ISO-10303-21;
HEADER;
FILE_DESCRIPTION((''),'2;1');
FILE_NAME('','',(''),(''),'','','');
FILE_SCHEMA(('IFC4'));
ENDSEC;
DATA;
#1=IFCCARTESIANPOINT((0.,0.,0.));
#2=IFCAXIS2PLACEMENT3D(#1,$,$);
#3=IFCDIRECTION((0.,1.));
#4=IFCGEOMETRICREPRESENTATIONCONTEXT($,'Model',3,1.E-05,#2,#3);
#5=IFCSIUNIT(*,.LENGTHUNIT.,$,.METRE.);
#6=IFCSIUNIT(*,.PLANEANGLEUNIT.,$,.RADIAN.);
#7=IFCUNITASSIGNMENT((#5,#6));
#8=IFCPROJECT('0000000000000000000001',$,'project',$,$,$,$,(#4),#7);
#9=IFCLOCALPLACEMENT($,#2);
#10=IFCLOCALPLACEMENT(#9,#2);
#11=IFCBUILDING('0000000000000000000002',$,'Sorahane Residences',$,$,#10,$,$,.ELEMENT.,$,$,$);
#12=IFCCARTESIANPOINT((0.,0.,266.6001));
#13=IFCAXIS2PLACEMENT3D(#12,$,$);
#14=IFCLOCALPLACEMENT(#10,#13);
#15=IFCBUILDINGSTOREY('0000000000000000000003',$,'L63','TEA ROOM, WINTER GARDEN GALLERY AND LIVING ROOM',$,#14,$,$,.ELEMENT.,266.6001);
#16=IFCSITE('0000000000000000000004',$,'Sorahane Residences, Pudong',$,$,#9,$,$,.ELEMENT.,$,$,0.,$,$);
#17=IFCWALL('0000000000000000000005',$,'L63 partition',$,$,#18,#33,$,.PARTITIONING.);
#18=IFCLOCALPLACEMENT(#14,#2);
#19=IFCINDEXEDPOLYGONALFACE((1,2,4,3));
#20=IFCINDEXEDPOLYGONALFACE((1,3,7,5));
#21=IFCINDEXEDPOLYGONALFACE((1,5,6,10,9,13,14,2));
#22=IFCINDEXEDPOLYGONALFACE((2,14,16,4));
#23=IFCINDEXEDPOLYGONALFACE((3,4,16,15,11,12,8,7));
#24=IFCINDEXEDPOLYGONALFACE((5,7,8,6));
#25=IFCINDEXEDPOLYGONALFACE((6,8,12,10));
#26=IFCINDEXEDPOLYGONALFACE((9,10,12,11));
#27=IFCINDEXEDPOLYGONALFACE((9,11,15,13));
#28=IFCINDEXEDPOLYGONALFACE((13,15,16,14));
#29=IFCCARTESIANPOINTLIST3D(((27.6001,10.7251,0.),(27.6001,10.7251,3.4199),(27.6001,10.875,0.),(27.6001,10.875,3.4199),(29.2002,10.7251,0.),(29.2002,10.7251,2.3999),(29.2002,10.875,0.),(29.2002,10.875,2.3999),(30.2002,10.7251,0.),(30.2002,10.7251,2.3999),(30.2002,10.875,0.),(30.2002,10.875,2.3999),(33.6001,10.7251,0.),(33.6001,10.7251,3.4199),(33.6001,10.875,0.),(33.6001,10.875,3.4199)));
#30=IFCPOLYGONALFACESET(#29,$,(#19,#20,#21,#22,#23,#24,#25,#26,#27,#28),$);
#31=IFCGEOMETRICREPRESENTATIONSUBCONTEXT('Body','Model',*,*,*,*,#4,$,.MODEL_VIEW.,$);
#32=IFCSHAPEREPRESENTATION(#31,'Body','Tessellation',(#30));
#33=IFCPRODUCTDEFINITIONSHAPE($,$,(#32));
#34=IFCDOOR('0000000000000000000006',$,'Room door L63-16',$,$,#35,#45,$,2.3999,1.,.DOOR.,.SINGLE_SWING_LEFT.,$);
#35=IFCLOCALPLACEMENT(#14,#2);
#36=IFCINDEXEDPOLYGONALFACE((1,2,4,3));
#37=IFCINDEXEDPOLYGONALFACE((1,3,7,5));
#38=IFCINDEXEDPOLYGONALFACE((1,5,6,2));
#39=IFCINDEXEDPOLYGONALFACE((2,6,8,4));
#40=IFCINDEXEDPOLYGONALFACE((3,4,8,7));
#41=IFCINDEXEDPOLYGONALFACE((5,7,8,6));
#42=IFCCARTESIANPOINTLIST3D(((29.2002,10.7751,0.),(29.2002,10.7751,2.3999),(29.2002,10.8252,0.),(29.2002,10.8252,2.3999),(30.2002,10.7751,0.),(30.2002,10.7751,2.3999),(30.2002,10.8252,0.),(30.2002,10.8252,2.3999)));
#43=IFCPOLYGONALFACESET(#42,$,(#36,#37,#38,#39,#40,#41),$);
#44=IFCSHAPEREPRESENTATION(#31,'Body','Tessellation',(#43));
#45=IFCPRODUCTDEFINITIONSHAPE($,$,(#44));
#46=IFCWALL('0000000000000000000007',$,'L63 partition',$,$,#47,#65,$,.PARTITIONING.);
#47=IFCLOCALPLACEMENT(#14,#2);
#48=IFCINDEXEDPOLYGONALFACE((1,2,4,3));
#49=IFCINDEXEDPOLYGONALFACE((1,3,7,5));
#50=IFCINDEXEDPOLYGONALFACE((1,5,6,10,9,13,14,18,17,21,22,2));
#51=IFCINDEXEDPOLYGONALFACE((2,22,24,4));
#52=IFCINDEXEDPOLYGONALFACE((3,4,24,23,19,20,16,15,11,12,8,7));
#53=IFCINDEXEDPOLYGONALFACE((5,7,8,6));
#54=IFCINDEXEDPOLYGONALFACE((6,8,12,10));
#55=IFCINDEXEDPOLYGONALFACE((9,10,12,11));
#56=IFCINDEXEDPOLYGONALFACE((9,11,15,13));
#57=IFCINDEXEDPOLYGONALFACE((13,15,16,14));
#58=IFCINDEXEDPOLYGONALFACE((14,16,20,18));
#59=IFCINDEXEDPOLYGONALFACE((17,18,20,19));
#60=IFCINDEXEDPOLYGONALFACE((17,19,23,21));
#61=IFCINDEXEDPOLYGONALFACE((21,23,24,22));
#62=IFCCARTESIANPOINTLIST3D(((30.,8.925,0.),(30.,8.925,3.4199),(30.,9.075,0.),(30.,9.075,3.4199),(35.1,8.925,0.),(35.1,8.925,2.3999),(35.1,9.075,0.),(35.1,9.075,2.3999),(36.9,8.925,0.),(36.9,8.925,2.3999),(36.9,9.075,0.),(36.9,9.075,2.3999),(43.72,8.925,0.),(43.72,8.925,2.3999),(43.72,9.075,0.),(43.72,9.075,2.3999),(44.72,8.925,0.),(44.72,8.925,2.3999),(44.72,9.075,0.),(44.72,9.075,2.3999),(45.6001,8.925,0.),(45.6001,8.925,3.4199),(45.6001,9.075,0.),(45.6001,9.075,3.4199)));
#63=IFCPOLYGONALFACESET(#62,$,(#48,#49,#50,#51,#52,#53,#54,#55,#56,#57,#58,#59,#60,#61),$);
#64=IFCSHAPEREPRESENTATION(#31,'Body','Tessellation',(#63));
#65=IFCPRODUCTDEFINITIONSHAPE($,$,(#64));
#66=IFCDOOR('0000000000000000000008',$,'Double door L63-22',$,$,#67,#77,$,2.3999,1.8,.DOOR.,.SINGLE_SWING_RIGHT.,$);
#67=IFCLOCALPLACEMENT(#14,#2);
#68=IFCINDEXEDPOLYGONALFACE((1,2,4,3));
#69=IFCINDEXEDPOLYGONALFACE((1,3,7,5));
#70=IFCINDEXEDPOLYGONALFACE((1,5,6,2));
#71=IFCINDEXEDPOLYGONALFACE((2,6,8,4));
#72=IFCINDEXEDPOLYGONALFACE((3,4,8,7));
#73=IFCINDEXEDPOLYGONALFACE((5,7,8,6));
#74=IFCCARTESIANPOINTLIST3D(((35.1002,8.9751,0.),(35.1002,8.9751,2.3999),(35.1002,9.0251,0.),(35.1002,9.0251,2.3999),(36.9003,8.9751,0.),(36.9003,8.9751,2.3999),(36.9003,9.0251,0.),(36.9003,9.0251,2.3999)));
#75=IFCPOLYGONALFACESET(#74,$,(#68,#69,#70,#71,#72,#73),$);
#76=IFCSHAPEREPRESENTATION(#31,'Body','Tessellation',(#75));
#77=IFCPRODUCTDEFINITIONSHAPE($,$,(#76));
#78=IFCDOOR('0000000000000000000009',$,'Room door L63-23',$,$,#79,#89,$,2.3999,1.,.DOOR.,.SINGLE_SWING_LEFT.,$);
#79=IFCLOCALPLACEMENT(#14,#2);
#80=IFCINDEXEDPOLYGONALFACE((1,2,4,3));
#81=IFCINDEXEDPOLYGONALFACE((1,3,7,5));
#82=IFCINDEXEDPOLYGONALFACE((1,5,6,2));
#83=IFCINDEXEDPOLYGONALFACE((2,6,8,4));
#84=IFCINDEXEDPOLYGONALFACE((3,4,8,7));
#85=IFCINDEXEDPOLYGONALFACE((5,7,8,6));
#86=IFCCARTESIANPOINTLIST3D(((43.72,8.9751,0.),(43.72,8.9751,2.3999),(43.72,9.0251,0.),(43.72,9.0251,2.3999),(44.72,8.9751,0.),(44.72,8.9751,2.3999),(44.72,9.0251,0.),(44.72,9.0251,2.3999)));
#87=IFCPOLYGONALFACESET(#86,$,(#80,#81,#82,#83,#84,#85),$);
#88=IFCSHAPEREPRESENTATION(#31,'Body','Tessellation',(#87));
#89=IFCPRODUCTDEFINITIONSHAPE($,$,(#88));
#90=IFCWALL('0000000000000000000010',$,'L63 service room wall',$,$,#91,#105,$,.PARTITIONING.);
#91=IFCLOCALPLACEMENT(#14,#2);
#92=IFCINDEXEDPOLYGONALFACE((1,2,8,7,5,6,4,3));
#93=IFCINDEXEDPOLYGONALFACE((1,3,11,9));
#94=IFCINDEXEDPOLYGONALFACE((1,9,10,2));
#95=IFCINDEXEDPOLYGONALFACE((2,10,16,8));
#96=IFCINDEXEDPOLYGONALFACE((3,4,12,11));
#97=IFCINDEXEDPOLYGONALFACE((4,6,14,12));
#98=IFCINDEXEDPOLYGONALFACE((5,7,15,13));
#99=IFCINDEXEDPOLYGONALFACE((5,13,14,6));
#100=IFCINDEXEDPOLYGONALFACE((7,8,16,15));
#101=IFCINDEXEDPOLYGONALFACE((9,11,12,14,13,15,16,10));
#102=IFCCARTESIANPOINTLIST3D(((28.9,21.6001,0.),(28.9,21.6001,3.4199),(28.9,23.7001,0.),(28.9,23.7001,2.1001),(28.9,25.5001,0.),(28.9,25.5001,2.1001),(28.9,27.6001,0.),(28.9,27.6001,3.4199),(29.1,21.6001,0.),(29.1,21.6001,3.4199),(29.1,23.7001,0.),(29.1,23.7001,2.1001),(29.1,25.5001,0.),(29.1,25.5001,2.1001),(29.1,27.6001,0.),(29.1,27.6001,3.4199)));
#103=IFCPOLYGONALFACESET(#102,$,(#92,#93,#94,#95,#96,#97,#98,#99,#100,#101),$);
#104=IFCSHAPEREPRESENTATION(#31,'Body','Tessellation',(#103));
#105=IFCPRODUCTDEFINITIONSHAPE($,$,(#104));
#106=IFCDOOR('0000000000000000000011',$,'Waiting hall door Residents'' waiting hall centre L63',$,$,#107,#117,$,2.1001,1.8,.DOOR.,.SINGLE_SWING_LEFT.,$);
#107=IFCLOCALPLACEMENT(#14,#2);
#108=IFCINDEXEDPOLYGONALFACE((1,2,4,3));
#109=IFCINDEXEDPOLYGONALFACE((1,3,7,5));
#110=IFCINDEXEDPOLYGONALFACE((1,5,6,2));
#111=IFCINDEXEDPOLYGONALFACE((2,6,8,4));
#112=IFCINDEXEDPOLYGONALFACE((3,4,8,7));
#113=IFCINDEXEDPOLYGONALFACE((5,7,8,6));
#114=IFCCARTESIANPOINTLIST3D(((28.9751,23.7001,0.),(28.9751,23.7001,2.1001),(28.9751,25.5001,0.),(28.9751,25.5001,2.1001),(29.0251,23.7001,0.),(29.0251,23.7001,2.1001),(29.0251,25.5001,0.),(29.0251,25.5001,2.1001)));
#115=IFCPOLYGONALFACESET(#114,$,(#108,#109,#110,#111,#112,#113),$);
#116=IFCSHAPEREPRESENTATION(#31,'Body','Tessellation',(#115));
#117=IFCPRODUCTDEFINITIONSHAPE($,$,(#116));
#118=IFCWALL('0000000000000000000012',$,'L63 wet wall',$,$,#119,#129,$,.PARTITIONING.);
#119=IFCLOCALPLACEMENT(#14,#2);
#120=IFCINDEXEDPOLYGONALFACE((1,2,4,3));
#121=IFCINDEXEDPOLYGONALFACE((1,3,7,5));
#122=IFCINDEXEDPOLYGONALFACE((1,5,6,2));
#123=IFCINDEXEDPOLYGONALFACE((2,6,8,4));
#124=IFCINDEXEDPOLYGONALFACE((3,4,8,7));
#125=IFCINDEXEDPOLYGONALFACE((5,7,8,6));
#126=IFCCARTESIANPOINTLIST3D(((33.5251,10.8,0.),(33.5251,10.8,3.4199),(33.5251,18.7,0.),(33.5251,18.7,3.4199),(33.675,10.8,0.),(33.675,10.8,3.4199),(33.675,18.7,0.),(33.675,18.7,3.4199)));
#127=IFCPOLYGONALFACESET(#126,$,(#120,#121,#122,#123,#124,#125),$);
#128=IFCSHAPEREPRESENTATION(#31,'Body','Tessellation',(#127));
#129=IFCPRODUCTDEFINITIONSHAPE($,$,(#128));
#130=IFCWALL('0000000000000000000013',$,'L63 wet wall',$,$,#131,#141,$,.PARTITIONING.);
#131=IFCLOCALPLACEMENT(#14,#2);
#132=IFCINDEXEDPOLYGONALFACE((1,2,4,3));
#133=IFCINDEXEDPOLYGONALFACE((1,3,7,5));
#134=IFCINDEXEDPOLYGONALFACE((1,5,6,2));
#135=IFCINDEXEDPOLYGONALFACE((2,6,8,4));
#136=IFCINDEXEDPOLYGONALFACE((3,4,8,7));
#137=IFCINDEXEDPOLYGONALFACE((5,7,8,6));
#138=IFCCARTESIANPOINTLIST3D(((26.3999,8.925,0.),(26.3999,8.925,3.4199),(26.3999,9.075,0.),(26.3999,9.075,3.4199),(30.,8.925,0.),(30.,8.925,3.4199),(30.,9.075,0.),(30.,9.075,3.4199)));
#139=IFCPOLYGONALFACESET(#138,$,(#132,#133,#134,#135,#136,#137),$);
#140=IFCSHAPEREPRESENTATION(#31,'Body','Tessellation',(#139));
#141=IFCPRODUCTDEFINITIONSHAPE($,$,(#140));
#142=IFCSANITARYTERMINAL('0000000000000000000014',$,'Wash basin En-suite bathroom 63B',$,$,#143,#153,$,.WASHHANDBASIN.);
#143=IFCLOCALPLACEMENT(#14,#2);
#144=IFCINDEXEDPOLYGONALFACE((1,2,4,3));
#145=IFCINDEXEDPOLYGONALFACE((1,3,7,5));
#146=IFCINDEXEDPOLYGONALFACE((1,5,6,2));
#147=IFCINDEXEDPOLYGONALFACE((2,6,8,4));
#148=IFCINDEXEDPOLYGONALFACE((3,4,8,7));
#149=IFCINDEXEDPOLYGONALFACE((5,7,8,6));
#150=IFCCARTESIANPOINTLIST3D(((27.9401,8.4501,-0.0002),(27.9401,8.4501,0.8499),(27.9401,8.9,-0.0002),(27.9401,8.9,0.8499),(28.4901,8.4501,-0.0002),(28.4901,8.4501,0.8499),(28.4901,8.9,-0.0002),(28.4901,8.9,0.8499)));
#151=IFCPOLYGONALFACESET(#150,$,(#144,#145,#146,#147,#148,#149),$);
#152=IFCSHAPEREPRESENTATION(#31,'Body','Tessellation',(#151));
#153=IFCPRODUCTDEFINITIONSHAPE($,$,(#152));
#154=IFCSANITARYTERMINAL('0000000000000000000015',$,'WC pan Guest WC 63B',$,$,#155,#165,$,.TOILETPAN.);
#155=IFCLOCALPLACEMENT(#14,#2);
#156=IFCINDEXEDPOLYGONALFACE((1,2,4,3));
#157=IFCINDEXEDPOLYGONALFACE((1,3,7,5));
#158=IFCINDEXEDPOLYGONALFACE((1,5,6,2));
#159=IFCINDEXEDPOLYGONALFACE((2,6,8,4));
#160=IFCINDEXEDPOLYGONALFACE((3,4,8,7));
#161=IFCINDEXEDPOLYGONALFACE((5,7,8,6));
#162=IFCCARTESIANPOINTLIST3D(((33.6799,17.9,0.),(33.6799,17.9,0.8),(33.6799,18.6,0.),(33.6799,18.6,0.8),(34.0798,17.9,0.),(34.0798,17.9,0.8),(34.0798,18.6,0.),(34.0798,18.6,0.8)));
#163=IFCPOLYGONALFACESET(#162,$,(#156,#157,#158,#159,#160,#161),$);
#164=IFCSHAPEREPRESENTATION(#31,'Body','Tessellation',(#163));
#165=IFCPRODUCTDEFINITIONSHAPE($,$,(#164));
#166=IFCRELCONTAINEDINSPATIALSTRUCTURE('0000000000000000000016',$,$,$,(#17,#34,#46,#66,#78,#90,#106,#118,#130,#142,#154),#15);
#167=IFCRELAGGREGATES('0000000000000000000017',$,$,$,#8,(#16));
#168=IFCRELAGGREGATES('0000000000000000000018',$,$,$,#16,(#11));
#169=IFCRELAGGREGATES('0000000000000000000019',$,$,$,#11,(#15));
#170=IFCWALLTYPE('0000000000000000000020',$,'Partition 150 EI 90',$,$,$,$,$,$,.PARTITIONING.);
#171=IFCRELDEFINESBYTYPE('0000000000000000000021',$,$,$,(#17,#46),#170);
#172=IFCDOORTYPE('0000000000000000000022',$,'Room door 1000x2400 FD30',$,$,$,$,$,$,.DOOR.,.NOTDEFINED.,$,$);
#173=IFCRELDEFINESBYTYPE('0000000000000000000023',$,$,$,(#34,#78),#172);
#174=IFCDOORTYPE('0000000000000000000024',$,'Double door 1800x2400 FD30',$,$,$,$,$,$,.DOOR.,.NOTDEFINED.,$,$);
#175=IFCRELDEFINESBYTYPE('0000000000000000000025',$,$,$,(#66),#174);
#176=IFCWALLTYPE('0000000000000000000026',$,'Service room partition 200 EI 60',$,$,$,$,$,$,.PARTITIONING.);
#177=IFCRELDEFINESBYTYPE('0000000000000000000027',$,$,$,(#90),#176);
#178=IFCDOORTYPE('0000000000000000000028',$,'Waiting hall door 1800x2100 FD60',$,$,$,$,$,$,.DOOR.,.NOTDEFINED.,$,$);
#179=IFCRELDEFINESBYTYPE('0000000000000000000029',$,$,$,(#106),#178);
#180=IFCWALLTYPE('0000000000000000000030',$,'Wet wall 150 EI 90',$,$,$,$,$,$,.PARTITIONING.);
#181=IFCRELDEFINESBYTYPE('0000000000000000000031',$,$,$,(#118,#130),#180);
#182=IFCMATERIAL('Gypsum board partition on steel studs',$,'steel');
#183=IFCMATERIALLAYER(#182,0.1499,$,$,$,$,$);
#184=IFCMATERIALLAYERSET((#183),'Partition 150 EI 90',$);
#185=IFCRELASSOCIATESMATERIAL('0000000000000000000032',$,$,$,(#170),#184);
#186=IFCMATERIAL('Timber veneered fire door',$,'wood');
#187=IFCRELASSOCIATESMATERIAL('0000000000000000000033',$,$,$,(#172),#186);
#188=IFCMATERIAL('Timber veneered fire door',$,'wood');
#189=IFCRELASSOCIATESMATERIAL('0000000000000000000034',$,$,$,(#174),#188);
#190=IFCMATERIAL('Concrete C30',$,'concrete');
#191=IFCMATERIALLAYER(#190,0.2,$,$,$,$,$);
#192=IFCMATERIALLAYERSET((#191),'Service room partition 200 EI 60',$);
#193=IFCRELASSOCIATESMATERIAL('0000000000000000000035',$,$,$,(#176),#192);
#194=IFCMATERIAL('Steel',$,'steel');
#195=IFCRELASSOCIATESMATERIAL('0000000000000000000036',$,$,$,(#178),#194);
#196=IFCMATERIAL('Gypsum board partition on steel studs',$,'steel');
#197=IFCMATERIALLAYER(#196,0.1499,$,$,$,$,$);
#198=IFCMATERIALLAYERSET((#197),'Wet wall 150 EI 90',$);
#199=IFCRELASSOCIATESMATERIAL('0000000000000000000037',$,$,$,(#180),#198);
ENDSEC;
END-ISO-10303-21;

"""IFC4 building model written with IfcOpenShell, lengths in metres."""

from ifc_helpers import new_model, si_unit, direction, frame, frame_2d, origin, origin_2d, place, context, subcontext, project, spatial, rectangle, extrude, material, layer, layer_set, type_object, element, fill, save


model = new_model("IFC4")

# Units and contexts
model_context = context("Model", 3, precision=1e-05, world=origin(), true_north=direction((0.0, 1.0)))
body_context = subcontext(model_context, "Body", "Model", "MODEL_VIEW")
ifc_project = project(units=[si_unit("LENGTHUNIT", "METRE"), si_unit("PLANEANGLEUNIT", "RADIAN")], contexts=[model_context])

# Site, building, storey
site_placement = place(None, origin())
site = spatial("IfcSite", under=ifc_project, at=site_placement, Name="Sorahane Residences, Pudong", CompositionType="ELEMENT", RefElevation=0.0)
building_placement = place(site_placement, origin())
building = spatial("IfcBuilding", under=site, at=building_placement, Name="Sorahane Residences", CompositionType="ELEMENT")
storey_placement = place(building_placement, frame((0.0, 0.0, 266.6001)))
storey = spatial("IfcBuildingStorey", under=building, at=storey_placement, Name="L63", Description="TEA ROOM, WINTER GARDEN GALLERY AND LIVING ROOM", CompositionType="ELEMENT", Elevation=266.6001)

# Wall, opening, door
ifc_material_1 = material(Name="Gypsum board partition on steel studs", Category="steel")
ifc_layer_1 = layer(ifc_material_1, 0.1499)
ifc_layer_set_1 = layer_set([ifc_layer_1], Name="Partition 150 EI 90")
wall_type_1 = type_object("IfcWallType", Name="Partition 150 EI 90", PredefinedType="PARTITIONING", material=ifc_layer_set_1)
wall_1_placement = place(storey_placement, frame((27.6001, 10.8, 0.0), z_axis=(0.0, 0.0, 1.0), x_axis=(1.0, 0.0, 0.0)))
wall_1 = element("IfcWall", 1, at=wall_1_placement, inside=storey, type_object=wall_type_1, Name="L63 partition", PredefinedType="PARTITIONING", context=body_context, shape_type="SweptSolid", body=[
    extrude(rectangle(XDim=6.0, YDim=0.1499, at=frame_2d((3.0, 0.0))), origin(), (0.0, 0.0, 1.0), 3.4199),
])
opening_1_placement = place(wall_1_placement, frame((1.6001, 0.0, 0.0)))
opening_1 = element("IfcOpeningElement", 2, at=opening_1_placement, cuts=wall_1, PredefinedType="OPENING", context=body_context, shape_type="SweptSolid", body=[
    extrude(rectangle(XDim=1.0, YDim=2.3999, at=frame_2d((0.5, 1.2))), frame((0.0, 0.085, 0.0), z_axis=(0.0, -1.0, 0.0), x_axis=(1.0, 0.0, 0.0)), (0.0, 0.0, 1.0), 0.1699),
])
ifc_material_2 = material(Name="Timber veneered fire door", Category="wood")
door_type_1 = type_object("IfcDoorType", Name="Room door 1000x2400 FD30", OperationType="NOTDEFINED", PredefinedType="DOOR", material=ifc_material_2)
door_1_placement = place(opening_1_placement, frame((1.0, 0.0, 0.0), z_axis=(0.0, 0.0, 1.0), x_axis=(-1.0, 0.0, 0.0)))
door_1 = element("IfcDoor", 3, at=door_1_placement, inside=storey, type_object=door_type_1, Name="Room door L63-16", OperationType="SINGLE_SWING_LEFT", OverallHeight=2.3999, OverallWidth=1.0, PredefinedType="DOOR", context=body_context, shape_type="SweptSolid", body=[
    extrude(rectangle(XDim=1.0, YDim=2.3999, at=frame_2d((0.5, 1.2))), frame((0.0, 0.0249, 0.0), z_axis=(0.0, -1.0, 0.0), x_axis=(1.0, 0.0, 0.0)), (0.0, 0.0, 1.0), 0.05),
])
fill(opening_1, door_1)

# Wall, openings, doors
wall_2_placement = place(storey_placement, frame((30.0, 9.0, 0.0), z_axis=(0.0, 0.0, 1.0), x_axis=(1.0, 0.0, 0.0)))
wall_2 = element("IfcWall", 4, at=wall_2_placement, inside=storey, type_object=wall_type_1, Name="L63 partition", PredefinedType="PARTITIONING", context=body_context, shape_type="SweptSolid", body=[
    extrude(rectangle(XDim=15.6001, YDim=0.1499, at=frame_2d((7.8, 0.0))), origin(), (0.0, 0.0, 1.0), 3.4199),
])
opening_2_placement = place(wall_2_placement, frame((5.1001, 0.0, 0.0)))
opening_2 = element("IfcOpeningElement", 5, at=opening_2_placement, cuts=wall_2, PredefinedType="OPENING", context=body_context, shape_type="SweptSolid", body=[
    extrude(rectangle(XDim=1.8, YDim=2.3999, at=frame_2d((0.8999, 1.2))), frame((0.0, 0.085, 0.0), z_axis=(0.0, -1.0, 0.0), x_axis=(1.0, 0.0, 0.0)), (0.0, 0.0, 1.0), 0.1699),
])
opening_3_placement = place(wall_2_placement, frame((13.72, 0.0, 0.0)))
opening_3 = element("IfcOpeningElement", 6, at=opening_3_placement, cuts=wall_2, PredefinedType="OPENING", context=body_context, shape_type="SweptSolid", body=[
    extrude(rectangle(XDim=1.0, YDim=2.3999, at=frame_2d((0.5, 1.2))), frame((0.0, 0.085, 0.0), z_axis=(0.0, -1.0, 0.0), x_axis=(1.0, 0.0, 0.0)), (0.0, 0.0, 1.0), 0.1699),
])
ifc_material_3 = material(Name="Timber veneered fire door", Category="wood")
door_type_2 = type_object("IfcDoorType", Name="Double door 1800x2400 FD30", OperationType="NOTDEFINED", PredefinedType="DOOR", material=ifc_material_3)
door_2_placement = place(opening_2_placement, frame((1.8, 0.0, 0.0), z_axis=(0.0, 0.0, 1.0), x_axis=(-1.0, 0.0, 0.0)))
door_2 = element("IfcDoor", 7, at=door_2_placement, inside=storey, type_object=door_type_2, Name="Double door L63-22", OperationType="SINGLE_SWING_RIGHT", OverallHeight=2.3999, OverallWidth=1.8, PredefinedType="DOOR", context=body_context, shape_type="SweptSolid", body=[
    extrude(rectangle(XDim=1.8, YDim=2.3999, at=frame_2d((0.8999, 1.2))), frame((0.0, 0.0249, 0.0), z_axis=(0.0, -1.0, 0.0), x_axis=(1.0, 0.0, 0.0)), (0.0, 0.0, 1.0), 0.05),
])
fill(opening_2, door_2)
door_3_placement = place(opening_3_placement, frame((1.0, 0.0, 0.0), z_axis=(0.0, 0.0, 1.0), x_axis=(-1.0, 0.0, 0.0)))
door_3 = element("IfcDoor", 8, at=door_3_placement, inside=storey, type_object=door_type_1, Name="Room door L63-23", OperationType="SINGLE_SWING_LEFT", OverallHeight=2.3999, OverallWidth=1.0, PredefinedType="DOOR", context=body_context, shape_type="SweptSolid", body=[
    extrude(rectangle(XDim=1.0, YDim=2.3999, at=frame_2d((0.5, 1.2))), frame((0.0, 0.0249, 0.0), z_axis=(0.0, -1.0, 0.0), x_axis=(1.0, 0.0, 0.0)), (0.0, 0.0, 1.0), 0.05),
])
fill(opening_3, door_3)

# Wall, opening, door
ifc_material_4 = material(Name="Concrete C30", Category="concrete")
ifc_layer_2 = layer(ifc_material_4, 0.2)
ifc_layer_set_2 = layer_set([ifc_layer_2], Name="Service room partition 200 EI 60")
wall_type_2 = type_object("IfcWallType", Name="Service room partition 200 EI 60", PredefinedType="PARTITIONING", material=ifc_layer_set_2)
wall_3_placement = place(storey_placement, frame((29.0, 21.6001, 0.0), z_axis=(0.0, 0.0, 1.0), x_axis=(0.0, 1.0, 0.0)))
wall_3 = element("IfcWall", 9, at=wall_3_placement, inside=storey, type_object=wall_type_2, Name="L63 service room wall", PredefinedType="PARTITIONING", context=body_context, shape_type="SweptSolid", body=[
    extrude(rectangle(XDim=6.0, YDim=0.2, at=frame_2d((3.0, 0.0))), origin(), (0.0, 0.0, 1.0), 3.4199),
])
opening_4_placement = place(wall_3_placement, frame((2.1001, 0.0, 0.0)))
opening_4 = element("IfcOpeningElement", 10, at=opening_4_placement, cuts=wall_3, PredefinedType="OPENING", context=body_context, shape_type="SweptSolid", body=[
    extrude(rectangle(XDim=1.8, YDim=2.1001, at=frame_2d((0.8999, 1.05))), frame((0.0, 0.1099, 0.0), z_axis=(0.0, -1.0, 0.0), x_axis=(1.0, 0.0, 0.0)), (0.0, 0.0, 1.0), 0.22),
])
ifc_material_5 = material(Name="Steel", Category="steel")
door_type_3 = type_object("IfcDoorType", Name="Waiting hall door 1800x2100 FD60", OperationType="NOTDEFINED", PredefinedType="DOOR", material=ifc_material_5)
door_4_placement = place(opening_4_placement, origin())
door_4 = element("IfcDoor", 11, at=door_4_placement, inside=storey, type_object=door_type_3, Name="Waiting hall door Residents' waiting hall centre L63", OperationType="SINGLE_SWING_LEFT", OverallHeight=2.1001, OverallWidth=1.8, PredefinedType="DOOR", context=body_context, shape_type="SweptSolid", body=[
    extrude(rectangle(XDim=1.8, YDim=2.1001, at=frame_2d((0.8999, 1.05))), frame((0.0, 0.0249, 0.0), z_axis=(0.0, -1.0, 0.0), x_axis=(1.0, 0.0, 0.0)), (0.0, 0.0, 1.0), 0.05),
])
fill(opening_4, door_4)

# Wall
ifc_material_6 = material(Name="Gypsum board partition on steel studs", Category="steel")
ifc_layer_3 = layer(ifc_material_6, 0.1499)
ifc_layer_set_3 = layer_set([ifc_layer_3], Name="Wet wall 150 EI 90")
wall_type_3 = type_object("IfcWallType", Name="Wet wall 150 EI 90", PredefinedType="PARTITIONING", material=ifc_layer_set_3)
wall_4_placement = place(storey_placement, frame((33.6001, 10.8, 0.0), z_axis=(0.0, 0.0, 1.0), x_axis=(0.0, 1.0, 0.0)))
element("IfcWall", 12, at=wall_4_placement, inside=storey, type_object=wall_type_3, Name="L63 wet wall", PredefinedType="PARTITIONING", context=body_context, shape_type="SweptSolid", body=[
    extrude(rectangle(XDim=7.8999, YDim=0.1499, at=frame_2d((3.95, 0.0))), origin(), (0.0, 0.0, 1.0), 3.4199),
])

# Wall
wall_5_placement = place(storey_placement, frame((26.3999, 9.0, 0.0), z_axis=(0.0, 0.0, 1.0), x_axis=(1.0, 0.0, 0.0)))
element("IfcWall", 13, at=wall_5_placement, inside=storey, type_object=wall_type_3, Name="L63 wet wall", PredefinedType="PARTITIONING", context=body_context, shape_type="SweptSolid", body=[
    extrude(rectangle(XDim=3.6001, YDim=0.1499, at=frame_2d((1.8, 0.0))), origin(), (0.0, 0.0, 1.0), 3.4199),
])

# Sanitary terminals
sanitary_terminal_1_placement = place(storey_placement, frame((28.2151, 8.675, -0.0002), z_axis=(0.0, 0.0, 1.0), x_axis=(1.0, 0.0, 0.0)))
element("IfcSanitaryTerminal", 14, at=sanitary_terminal_1_placement, inside=storey, Name="Wash basin En-suite bathroom 63B", PredefinedType="WASHHANDBASIN", context=body_context, shape_type="SweptSolid", body=[
    extrude(rectangle(XDim=0.55, YDim=0.45, at=origin_2d()), origin(), (0.0, 0.0, 1.0), 0.8501),
])
sanitary_terminal_2_placement = place(storey_placement, frame((33.8799, 18.25, 0.0), z_axis=(0.0, 0.0, 1.0), x_axis=(1.0, 0.0, 0.0)))
element("IfcSanitaryTerminal", 15, at=sanitary_terminal_2_placement, inside=storey, Name="WC pan Guest WC 63B", PredefinedType="TOILETPAN", context=body_context, shape_type="SweptSolid", body=[
    extrude(rectangle(XDim=0.3999, YDim=0.7, at=origin_2d()), origin(), (0.0, 0.0, 1.0), 0.8),
])

save(model, "model.ifc")
